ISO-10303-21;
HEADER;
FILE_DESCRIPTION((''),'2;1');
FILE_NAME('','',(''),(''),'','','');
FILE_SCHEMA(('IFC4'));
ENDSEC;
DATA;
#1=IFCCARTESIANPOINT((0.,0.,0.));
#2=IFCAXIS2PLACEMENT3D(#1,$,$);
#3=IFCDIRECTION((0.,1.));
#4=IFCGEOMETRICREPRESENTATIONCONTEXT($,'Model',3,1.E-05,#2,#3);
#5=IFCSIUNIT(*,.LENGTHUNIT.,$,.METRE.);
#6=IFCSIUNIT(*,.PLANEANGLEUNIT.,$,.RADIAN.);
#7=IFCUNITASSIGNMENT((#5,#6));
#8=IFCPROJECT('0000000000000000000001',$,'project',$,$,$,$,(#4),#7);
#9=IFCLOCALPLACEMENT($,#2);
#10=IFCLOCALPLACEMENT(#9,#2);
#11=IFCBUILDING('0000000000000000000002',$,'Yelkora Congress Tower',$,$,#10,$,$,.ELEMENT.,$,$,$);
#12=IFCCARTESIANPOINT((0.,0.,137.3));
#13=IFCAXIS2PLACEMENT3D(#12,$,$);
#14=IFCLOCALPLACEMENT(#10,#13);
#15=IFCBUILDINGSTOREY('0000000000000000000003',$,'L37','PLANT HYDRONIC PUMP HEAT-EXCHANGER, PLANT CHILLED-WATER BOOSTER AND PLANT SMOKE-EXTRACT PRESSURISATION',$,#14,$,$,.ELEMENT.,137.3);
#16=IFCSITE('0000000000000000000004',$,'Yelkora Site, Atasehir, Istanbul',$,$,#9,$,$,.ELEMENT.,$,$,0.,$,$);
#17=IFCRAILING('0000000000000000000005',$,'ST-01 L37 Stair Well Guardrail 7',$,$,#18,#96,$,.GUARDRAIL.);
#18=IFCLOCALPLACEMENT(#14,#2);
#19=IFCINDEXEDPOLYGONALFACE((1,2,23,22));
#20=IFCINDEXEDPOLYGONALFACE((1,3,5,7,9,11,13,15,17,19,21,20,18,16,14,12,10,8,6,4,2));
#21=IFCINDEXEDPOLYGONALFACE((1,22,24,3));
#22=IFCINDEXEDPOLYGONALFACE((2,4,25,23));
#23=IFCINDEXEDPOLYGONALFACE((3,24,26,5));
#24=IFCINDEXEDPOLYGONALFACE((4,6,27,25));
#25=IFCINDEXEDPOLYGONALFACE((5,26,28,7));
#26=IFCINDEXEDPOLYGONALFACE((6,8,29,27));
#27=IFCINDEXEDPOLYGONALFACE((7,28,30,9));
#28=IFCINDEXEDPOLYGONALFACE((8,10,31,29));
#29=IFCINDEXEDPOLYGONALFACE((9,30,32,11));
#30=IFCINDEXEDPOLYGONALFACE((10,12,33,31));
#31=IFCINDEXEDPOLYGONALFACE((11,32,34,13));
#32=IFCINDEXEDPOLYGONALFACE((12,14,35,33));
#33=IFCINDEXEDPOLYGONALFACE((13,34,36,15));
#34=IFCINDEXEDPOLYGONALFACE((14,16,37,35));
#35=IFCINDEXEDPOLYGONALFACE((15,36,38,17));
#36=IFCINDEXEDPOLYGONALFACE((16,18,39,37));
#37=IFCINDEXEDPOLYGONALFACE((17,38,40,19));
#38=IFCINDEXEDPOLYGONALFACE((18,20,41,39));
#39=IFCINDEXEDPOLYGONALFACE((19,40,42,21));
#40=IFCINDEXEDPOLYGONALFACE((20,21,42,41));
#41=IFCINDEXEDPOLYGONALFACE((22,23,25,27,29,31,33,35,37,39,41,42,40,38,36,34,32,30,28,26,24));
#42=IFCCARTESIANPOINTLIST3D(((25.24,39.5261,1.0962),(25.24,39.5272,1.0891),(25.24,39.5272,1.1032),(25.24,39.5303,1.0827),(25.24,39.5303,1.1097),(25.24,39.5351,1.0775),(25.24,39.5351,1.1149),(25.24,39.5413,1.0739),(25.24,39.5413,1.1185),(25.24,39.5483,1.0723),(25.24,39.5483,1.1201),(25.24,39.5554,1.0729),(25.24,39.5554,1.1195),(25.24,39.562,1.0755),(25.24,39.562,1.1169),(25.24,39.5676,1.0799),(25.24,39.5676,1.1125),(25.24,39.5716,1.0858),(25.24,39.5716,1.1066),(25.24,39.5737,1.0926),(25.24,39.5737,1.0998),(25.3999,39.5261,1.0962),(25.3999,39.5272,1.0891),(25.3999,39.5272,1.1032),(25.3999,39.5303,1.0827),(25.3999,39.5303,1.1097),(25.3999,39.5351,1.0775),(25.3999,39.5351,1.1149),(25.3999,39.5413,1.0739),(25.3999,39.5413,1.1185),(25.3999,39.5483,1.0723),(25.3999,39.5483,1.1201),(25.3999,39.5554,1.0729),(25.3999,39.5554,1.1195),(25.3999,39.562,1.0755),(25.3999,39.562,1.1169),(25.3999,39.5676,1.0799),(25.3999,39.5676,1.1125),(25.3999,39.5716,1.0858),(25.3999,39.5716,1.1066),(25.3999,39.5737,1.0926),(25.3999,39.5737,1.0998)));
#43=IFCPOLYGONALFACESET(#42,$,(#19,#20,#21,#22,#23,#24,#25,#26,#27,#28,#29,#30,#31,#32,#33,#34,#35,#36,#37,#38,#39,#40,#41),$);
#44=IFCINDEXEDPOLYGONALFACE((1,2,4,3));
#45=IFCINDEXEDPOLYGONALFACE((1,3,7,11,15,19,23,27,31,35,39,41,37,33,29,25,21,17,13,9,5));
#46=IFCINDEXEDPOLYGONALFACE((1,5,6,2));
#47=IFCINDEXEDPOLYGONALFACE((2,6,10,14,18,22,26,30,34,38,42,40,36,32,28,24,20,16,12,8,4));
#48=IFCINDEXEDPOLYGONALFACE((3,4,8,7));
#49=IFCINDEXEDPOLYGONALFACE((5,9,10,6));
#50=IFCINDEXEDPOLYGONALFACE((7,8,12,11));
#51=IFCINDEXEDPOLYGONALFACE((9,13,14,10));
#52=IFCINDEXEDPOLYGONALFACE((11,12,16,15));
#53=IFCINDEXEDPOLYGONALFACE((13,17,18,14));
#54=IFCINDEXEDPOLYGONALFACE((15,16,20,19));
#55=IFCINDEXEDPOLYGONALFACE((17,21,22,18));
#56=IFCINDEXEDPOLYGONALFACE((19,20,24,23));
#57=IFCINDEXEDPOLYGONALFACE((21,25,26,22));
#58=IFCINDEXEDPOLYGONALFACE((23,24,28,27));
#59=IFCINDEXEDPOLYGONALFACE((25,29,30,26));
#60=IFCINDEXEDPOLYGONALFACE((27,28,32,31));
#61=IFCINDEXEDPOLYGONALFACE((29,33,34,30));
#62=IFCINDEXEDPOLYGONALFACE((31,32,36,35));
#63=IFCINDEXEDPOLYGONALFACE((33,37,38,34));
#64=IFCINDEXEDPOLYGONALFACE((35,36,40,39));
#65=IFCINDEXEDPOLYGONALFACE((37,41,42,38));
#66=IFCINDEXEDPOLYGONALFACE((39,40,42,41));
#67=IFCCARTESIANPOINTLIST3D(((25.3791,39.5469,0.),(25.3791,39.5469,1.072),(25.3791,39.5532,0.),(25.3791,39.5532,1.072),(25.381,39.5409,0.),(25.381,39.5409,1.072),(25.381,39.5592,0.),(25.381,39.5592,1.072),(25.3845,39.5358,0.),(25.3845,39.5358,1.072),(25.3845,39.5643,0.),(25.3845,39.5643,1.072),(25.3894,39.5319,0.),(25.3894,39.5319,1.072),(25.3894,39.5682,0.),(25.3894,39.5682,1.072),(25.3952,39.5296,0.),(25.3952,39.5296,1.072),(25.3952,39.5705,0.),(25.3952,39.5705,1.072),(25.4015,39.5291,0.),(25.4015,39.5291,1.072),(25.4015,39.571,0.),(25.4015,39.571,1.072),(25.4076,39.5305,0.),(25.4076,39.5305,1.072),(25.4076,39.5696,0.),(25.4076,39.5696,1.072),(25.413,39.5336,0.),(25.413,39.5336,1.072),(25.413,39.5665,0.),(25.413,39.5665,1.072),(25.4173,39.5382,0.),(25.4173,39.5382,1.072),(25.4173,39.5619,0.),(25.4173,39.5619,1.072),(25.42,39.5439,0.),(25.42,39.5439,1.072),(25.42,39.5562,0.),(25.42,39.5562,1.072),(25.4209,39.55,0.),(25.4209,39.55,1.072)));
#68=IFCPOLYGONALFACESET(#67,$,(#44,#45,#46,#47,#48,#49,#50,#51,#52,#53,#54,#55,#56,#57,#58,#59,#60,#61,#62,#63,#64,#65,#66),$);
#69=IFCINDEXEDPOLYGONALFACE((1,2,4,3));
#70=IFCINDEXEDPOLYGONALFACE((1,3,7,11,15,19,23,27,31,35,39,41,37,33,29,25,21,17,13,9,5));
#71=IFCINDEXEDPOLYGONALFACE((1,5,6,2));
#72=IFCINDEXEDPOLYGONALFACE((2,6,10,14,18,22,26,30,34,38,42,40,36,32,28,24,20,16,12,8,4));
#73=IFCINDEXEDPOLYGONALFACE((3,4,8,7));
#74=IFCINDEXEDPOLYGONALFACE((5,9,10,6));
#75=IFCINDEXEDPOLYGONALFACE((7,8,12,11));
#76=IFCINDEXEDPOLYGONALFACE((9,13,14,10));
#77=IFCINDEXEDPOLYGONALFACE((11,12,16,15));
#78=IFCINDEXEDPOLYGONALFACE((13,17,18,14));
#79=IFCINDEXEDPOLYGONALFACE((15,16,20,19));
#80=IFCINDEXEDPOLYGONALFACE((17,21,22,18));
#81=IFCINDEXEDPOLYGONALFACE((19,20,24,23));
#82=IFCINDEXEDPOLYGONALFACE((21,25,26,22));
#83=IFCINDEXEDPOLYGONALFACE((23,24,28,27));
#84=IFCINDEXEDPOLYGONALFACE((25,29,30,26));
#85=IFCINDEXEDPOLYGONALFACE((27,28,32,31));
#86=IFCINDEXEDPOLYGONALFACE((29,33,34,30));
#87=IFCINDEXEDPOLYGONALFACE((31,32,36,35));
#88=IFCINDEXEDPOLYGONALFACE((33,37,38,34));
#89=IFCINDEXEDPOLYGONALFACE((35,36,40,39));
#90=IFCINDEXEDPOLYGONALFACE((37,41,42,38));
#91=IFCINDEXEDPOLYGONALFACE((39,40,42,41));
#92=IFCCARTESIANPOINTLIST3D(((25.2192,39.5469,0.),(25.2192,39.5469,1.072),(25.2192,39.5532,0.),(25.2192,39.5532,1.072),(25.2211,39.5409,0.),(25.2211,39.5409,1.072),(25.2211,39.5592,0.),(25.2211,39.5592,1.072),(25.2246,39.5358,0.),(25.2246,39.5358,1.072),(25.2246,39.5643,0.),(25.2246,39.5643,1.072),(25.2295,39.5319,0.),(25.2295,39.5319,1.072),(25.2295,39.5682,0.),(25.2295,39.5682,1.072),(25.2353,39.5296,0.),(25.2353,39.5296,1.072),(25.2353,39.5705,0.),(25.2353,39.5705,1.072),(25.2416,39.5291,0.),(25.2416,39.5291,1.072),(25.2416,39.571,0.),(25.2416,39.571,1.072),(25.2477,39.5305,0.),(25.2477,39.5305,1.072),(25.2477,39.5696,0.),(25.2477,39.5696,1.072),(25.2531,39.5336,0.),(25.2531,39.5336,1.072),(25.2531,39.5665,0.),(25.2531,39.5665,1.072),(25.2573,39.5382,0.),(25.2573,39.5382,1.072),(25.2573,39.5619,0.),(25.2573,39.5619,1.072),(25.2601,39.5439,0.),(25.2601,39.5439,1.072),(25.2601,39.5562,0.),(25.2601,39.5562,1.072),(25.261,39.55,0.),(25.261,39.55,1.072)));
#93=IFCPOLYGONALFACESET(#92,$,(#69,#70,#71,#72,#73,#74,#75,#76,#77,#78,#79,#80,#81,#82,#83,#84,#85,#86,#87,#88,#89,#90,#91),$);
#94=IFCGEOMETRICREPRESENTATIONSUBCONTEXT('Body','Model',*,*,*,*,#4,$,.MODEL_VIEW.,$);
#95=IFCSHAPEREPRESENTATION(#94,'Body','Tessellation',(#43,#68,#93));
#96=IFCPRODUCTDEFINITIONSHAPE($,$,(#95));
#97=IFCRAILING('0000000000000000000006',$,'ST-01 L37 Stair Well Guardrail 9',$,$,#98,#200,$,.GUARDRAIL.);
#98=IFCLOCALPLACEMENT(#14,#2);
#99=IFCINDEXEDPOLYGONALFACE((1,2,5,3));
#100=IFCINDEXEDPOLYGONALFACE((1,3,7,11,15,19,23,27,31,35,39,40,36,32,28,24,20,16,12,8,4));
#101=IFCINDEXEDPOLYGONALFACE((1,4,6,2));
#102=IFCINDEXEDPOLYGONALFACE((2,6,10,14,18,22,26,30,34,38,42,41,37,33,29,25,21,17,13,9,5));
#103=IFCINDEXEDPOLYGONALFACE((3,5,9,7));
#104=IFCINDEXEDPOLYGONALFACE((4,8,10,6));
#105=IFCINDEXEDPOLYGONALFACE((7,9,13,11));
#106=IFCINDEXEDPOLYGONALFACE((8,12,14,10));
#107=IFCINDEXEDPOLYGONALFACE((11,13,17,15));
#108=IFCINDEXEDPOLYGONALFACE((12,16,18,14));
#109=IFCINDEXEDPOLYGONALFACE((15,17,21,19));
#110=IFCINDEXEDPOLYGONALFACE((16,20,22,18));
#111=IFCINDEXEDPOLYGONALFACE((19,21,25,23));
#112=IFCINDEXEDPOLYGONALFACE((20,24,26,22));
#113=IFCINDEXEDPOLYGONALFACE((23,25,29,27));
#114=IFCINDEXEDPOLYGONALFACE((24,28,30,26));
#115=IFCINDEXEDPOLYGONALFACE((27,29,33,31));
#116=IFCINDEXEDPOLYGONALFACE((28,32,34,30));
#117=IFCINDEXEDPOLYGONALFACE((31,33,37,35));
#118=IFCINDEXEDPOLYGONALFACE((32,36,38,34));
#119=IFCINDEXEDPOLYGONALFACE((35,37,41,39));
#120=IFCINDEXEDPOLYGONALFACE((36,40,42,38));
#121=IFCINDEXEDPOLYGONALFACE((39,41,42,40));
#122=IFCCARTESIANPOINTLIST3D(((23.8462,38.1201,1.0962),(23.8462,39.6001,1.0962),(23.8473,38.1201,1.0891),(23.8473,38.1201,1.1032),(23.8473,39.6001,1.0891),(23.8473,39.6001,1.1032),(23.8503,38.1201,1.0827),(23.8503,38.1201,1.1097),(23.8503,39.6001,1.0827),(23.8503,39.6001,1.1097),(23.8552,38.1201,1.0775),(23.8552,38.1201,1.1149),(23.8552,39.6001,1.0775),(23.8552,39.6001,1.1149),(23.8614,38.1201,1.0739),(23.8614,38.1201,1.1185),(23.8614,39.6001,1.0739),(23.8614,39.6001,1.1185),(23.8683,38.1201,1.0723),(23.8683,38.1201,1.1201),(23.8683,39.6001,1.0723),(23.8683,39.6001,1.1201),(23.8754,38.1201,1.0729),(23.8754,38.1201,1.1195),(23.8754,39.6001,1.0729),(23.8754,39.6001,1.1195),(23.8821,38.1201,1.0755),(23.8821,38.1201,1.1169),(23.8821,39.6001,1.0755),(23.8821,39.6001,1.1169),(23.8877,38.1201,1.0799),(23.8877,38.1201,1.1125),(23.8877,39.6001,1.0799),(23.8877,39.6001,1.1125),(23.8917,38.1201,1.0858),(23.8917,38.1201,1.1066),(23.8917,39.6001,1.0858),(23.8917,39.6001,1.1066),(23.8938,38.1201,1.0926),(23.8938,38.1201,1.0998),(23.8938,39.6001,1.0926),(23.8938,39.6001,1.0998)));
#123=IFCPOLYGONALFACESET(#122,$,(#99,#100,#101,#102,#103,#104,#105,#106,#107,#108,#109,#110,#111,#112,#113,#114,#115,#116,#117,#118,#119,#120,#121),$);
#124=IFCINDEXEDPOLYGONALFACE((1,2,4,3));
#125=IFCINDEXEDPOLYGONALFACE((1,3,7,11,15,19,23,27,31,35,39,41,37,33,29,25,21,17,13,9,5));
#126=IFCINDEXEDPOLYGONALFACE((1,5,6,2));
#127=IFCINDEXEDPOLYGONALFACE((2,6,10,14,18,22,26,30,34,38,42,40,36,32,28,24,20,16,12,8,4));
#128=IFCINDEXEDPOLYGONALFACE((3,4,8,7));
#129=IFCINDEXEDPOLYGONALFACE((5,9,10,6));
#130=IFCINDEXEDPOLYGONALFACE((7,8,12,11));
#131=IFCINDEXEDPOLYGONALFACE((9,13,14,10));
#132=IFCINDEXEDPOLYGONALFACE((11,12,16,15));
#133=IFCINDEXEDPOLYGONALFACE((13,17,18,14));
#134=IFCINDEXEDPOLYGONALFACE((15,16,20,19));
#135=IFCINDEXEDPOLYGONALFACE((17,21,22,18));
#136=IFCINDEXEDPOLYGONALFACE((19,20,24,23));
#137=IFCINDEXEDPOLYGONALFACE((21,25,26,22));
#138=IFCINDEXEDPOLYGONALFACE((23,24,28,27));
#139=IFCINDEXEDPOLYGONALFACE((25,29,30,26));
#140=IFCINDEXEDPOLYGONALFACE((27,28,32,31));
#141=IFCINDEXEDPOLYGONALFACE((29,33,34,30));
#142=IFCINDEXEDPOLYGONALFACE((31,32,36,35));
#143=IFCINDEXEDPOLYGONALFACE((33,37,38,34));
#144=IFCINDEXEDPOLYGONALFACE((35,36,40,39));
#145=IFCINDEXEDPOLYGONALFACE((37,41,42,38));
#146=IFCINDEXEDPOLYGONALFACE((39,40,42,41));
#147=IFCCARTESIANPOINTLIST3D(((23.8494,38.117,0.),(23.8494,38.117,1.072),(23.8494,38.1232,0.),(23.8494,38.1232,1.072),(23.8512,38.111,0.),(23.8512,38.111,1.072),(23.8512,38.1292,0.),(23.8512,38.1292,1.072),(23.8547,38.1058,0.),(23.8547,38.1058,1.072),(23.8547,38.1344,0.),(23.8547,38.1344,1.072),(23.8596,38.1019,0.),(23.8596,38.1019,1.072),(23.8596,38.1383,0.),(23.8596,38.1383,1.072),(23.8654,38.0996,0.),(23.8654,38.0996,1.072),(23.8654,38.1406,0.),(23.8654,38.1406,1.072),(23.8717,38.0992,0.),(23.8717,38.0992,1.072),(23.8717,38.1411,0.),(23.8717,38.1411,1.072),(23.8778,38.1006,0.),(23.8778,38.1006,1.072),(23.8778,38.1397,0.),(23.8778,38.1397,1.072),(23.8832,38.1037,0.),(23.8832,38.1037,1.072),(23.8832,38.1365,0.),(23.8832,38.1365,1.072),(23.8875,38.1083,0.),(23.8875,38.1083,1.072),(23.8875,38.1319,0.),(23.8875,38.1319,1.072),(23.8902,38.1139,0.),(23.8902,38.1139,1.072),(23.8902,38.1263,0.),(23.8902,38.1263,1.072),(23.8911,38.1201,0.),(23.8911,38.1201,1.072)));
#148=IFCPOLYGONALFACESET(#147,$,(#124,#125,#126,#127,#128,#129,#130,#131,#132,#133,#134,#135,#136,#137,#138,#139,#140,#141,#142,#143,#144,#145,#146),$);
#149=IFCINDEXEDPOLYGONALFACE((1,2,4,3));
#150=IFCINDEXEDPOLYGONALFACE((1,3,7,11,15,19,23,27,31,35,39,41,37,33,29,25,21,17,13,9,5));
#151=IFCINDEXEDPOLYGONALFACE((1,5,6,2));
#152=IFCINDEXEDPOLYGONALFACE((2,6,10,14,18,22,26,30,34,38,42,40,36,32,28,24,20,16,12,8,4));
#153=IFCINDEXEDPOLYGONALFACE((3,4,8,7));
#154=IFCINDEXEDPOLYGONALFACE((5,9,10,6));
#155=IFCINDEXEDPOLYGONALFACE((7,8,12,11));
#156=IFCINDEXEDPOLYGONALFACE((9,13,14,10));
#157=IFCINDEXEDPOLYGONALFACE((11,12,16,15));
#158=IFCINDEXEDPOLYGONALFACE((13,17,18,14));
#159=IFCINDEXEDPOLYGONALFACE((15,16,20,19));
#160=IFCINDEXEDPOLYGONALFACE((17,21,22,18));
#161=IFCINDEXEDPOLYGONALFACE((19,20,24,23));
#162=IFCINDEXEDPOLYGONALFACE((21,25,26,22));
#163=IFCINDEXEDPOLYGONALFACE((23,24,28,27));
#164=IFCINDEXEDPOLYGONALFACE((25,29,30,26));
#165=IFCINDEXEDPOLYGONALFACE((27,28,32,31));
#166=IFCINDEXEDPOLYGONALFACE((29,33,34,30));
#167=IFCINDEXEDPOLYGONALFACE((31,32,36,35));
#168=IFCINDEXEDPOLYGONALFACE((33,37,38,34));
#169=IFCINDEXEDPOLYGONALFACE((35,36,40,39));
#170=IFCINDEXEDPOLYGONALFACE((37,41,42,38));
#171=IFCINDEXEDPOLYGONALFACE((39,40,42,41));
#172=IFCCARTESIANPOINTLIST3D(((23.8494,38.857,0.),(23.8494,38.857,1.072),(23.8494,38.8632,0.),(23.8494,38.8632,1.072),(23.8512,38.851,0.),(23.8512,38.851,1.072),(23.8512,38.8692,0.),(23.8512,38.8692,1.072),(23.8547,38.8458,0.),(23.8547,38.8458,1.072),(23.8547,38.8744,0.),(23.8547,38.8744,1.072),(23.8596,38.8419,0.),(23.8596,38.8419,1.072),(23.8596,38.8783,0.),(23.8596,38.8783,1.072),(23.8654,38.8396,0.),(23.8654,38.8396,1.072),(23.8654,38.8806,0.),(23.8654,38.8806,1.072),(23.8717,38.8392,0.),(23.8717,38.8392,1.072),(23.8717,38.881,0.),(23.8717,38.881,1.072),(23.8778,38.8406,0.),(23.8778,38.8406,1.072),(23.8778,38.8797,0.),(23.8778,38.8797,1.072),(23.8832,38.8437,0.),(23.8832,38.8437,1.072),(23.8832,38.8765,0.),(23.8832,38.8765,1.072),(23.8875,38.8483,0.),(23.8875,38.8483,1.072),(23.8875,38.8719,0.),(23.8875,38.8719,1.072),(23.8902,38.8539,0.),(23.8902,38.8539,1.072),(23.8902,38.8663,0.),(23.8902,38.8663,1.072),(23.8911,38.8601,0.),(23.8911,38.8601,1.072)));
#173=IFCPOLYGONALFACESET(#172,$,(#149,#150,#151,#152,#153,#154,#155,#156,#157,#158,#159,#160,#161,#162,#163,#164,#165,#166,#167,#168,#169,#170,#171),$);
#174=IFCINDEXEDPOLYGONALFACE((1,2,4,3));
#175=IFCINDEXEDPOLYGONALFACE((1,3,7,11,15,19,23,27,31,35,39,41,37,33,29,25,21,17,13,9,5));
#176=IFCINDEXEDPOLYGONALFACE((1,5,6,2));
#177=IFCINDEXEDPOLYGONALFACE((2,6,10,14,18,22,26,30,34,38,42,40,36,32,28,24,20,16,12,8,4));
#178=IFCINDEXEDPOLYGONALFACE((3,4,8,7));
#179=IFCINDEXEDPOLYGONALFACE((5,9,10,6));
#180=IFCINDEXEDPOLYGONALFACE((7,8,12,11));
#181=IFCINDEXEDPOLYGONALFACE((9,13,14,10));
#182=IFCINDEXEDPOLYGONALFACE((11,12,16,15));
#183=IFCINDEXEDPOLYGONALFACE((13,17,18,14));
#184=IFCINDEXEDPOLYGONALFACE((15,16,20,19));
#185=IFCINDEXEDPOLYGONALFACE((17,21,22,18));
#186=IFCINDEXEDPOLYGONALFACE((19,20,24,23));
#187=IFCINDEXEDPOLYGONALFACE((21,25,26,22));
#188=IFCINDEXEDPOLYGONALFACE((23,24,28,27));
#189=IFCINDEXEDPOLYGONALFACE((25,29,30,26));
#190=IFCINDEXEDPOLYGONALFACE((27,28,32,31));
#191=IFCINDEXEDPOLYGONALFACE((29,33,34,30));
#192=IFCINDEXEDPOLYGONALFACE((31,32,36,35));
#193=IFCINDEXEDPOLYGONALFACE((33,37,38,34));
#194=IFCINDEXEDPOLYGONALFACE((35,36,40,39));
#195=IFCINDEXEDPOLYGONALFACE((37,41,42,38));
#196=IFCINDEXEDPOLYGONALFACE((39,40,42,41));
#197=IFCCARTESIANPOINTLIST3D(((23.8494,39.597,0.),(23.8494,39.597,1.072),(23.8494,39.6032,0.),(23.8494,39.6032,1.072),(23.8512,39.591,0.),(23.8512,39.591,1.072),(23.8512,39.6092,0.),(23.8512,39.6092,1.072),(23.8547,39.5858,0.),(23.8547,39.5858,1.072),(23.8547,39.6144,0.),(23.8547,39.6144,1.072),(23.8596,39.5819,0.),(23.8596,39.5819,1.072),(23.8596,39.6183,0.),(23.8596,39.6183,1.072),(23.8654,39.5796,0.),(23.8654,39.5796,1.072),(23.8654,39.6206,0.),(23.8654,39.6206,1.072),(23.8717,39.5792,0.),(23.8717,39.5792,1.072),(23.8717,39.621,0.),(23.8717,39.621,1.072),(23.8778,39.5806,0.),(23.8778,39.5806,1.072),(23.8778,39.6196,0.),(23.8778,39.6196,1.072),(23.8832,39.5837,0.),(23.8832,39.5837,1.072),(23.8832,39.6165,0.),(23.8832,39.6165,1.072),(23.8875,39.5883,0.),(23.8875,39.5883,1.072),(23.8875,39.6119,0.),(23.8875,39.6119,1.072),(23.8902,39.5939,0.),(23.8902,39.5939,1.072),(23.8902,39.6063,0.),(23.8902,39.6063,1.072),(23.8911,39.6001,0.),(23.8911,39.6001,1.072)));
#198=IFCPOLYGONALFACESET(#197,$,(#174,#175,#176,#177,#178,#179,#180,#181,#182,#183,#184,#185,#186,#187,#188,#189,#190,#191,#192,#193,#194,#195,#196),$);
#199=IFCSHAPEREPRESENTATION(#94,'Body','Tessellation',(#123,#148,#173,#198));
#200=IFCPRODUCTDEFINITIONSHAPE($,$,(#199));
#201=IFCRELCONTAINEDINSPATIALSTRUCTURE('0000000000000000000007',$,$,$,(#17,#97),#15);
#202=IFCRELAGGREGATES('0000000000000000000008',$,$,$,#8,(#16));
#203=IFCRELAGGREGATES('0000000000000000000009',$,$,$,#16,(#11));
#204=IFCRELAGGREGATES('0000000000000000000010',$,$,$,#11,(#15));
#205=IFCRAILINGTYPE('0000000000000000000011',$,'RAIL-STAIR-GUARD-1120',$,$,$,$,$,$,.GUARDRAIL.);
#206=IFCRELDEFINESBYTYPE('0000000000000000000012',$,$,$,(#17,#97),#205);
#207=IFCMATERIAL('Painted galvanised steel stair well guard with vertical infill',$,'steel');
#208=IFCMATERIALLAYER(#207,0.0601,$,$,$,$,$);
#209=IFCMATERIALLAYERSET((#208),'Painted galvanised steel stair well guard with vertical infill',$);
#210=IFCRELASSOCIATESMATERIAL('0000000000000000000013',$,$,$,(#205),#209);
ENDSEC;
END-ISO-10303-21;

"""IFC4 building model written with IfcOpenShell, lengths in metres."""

from ifc_helpers import new_model, si_unit, direction, frame, origin, origin_2d, place, context, subcontext, project, spatial, circle, extrude, material, layer, layer_set, type_object, element, save


model = new_model("IFC4")

# Units and contexts
model_context = context("Model", 3, precision=1e-05, world=origin(), true_north=direction((0.0, 1.0)))
body_context = subcontext(model_context, "Body", "Model", "MODEL_VIEW")
ifc_project = project(units=[si_unit("LENGTHUNIT", "METRE"), si_unit("PLANEANGLEUNIT", "RADIAN")], contexts=[model_context])

# Site, building, storey
site_placement = place(None, origin())
site = spatial("IfcSite", under=ifc_project, at=site_placement, Name="Yelkora Site, Atasehir, Istanbul", CompositionType="ELEMENT", RefElevation=0.0)
building_placement = place(site_placement, origin())
building = spatial("IfcBuilding", under=site, at=building_placement, Name="Yelkora Congress Tower", CompositionType="ELEMENT")
storey_placement = place(building_placement, frame((0.0, 0.0, 137.3)))
storey = spatial("IfcBuildingStorey", under=building, at=storey_placement, Name="L37", Description="PLANT HYDRONIC PUMP HEAT-EXCHANGER, PLANT CHILLED-WATER BOOSTER AND PLANT SMOKE-EXTRACT PRESSURISATION", CompositionType="ELEMENT", Elevation=137.3)

# Railings
ifc_material_1 = material(Name="Painted galvanised steel stair well guard with vertical infill", Category="steel")
ifc_layer_1 = layer(ifc_material_1, 0.0601)
ifc_layer_set_1 = layer_set([ifc_layer_1], Name="Painted galvanised steel stair well guard with vertical infill")
railing_type_1 = type_object("IfcRailingType", Name="RAIL-STAIR-GUARD-1120", PredefinedType="GUARDRAIL", material=ifc_layer_set_1)
railing_1_placement = place(storey_placement, frame((25.3999, 39.55, 0.0)))
element("IfcRailing", 1, at=railing_1_placement, inside=storey, type_object=railing_type_1, Name="ST-01 L37 Stair Well Guardrail 7", PredefinedType="GUARDRAIL", context=body_context, shape_type="SweptSolid", body=[
    extrude(circle(Radius=0.0239, at=origin_2d()), frame((0.0, 0.0, 1.0962), z_axis=(-1.0, 0.0, 0.0), x_axis=(0.0, -1.0, 0.0)), (0.0, 0.0, 1.0), 0.1599),
    extrude(circle(Radius=0.021, at=origin_2d()), origin(), (0.0, 0.0, 1.0), 1.072),
    extrude(circle(Radius=0.021, at=origin_2d()), frame((-0.1599, 0.0, 0.0)), (0.0, 0.0, 1.0), 1.072),
])
railing_2_placement = place(storey_placement, frame((23.8701, 38.1201, 0.0)))
element("IfcRailing", 2, at=railing_2_placement, inside=storey, type_object=railing_type_1, Name="ST-01 L37 Stair Well Guardrail 9", PredefinedType="GUARDRAIL", context=body_context, shape_type="SweptSolid", body=[
    extrude(circle(Radius=0.0239, at=origin_2d()), frame((0.0, 0.0, 1.0962), z_axis=(0.0, 1.0, 0.0), x_axis=(-1.0, 0.0, 0.0)), (0.0, 0.0, 1.0), 1.48),
    extrude(circle(Radius=0.021, at=origin_2d()), origin(), (0.0, 0.0, 1.0), 1.072),
    extrude(circle(Radius=0.021, at=origin_2d()), frame((0.0, 0.74, 0.0)), (0.0, 0.0, 1.0), 1.072),
    extrude(circle(Radius=0.021, at=origin_2d()), frame((0.0, 1.48, 0.0)), (0.0, 0.0, 1.0), 1.072),
])

save(model, "model.ifc")
